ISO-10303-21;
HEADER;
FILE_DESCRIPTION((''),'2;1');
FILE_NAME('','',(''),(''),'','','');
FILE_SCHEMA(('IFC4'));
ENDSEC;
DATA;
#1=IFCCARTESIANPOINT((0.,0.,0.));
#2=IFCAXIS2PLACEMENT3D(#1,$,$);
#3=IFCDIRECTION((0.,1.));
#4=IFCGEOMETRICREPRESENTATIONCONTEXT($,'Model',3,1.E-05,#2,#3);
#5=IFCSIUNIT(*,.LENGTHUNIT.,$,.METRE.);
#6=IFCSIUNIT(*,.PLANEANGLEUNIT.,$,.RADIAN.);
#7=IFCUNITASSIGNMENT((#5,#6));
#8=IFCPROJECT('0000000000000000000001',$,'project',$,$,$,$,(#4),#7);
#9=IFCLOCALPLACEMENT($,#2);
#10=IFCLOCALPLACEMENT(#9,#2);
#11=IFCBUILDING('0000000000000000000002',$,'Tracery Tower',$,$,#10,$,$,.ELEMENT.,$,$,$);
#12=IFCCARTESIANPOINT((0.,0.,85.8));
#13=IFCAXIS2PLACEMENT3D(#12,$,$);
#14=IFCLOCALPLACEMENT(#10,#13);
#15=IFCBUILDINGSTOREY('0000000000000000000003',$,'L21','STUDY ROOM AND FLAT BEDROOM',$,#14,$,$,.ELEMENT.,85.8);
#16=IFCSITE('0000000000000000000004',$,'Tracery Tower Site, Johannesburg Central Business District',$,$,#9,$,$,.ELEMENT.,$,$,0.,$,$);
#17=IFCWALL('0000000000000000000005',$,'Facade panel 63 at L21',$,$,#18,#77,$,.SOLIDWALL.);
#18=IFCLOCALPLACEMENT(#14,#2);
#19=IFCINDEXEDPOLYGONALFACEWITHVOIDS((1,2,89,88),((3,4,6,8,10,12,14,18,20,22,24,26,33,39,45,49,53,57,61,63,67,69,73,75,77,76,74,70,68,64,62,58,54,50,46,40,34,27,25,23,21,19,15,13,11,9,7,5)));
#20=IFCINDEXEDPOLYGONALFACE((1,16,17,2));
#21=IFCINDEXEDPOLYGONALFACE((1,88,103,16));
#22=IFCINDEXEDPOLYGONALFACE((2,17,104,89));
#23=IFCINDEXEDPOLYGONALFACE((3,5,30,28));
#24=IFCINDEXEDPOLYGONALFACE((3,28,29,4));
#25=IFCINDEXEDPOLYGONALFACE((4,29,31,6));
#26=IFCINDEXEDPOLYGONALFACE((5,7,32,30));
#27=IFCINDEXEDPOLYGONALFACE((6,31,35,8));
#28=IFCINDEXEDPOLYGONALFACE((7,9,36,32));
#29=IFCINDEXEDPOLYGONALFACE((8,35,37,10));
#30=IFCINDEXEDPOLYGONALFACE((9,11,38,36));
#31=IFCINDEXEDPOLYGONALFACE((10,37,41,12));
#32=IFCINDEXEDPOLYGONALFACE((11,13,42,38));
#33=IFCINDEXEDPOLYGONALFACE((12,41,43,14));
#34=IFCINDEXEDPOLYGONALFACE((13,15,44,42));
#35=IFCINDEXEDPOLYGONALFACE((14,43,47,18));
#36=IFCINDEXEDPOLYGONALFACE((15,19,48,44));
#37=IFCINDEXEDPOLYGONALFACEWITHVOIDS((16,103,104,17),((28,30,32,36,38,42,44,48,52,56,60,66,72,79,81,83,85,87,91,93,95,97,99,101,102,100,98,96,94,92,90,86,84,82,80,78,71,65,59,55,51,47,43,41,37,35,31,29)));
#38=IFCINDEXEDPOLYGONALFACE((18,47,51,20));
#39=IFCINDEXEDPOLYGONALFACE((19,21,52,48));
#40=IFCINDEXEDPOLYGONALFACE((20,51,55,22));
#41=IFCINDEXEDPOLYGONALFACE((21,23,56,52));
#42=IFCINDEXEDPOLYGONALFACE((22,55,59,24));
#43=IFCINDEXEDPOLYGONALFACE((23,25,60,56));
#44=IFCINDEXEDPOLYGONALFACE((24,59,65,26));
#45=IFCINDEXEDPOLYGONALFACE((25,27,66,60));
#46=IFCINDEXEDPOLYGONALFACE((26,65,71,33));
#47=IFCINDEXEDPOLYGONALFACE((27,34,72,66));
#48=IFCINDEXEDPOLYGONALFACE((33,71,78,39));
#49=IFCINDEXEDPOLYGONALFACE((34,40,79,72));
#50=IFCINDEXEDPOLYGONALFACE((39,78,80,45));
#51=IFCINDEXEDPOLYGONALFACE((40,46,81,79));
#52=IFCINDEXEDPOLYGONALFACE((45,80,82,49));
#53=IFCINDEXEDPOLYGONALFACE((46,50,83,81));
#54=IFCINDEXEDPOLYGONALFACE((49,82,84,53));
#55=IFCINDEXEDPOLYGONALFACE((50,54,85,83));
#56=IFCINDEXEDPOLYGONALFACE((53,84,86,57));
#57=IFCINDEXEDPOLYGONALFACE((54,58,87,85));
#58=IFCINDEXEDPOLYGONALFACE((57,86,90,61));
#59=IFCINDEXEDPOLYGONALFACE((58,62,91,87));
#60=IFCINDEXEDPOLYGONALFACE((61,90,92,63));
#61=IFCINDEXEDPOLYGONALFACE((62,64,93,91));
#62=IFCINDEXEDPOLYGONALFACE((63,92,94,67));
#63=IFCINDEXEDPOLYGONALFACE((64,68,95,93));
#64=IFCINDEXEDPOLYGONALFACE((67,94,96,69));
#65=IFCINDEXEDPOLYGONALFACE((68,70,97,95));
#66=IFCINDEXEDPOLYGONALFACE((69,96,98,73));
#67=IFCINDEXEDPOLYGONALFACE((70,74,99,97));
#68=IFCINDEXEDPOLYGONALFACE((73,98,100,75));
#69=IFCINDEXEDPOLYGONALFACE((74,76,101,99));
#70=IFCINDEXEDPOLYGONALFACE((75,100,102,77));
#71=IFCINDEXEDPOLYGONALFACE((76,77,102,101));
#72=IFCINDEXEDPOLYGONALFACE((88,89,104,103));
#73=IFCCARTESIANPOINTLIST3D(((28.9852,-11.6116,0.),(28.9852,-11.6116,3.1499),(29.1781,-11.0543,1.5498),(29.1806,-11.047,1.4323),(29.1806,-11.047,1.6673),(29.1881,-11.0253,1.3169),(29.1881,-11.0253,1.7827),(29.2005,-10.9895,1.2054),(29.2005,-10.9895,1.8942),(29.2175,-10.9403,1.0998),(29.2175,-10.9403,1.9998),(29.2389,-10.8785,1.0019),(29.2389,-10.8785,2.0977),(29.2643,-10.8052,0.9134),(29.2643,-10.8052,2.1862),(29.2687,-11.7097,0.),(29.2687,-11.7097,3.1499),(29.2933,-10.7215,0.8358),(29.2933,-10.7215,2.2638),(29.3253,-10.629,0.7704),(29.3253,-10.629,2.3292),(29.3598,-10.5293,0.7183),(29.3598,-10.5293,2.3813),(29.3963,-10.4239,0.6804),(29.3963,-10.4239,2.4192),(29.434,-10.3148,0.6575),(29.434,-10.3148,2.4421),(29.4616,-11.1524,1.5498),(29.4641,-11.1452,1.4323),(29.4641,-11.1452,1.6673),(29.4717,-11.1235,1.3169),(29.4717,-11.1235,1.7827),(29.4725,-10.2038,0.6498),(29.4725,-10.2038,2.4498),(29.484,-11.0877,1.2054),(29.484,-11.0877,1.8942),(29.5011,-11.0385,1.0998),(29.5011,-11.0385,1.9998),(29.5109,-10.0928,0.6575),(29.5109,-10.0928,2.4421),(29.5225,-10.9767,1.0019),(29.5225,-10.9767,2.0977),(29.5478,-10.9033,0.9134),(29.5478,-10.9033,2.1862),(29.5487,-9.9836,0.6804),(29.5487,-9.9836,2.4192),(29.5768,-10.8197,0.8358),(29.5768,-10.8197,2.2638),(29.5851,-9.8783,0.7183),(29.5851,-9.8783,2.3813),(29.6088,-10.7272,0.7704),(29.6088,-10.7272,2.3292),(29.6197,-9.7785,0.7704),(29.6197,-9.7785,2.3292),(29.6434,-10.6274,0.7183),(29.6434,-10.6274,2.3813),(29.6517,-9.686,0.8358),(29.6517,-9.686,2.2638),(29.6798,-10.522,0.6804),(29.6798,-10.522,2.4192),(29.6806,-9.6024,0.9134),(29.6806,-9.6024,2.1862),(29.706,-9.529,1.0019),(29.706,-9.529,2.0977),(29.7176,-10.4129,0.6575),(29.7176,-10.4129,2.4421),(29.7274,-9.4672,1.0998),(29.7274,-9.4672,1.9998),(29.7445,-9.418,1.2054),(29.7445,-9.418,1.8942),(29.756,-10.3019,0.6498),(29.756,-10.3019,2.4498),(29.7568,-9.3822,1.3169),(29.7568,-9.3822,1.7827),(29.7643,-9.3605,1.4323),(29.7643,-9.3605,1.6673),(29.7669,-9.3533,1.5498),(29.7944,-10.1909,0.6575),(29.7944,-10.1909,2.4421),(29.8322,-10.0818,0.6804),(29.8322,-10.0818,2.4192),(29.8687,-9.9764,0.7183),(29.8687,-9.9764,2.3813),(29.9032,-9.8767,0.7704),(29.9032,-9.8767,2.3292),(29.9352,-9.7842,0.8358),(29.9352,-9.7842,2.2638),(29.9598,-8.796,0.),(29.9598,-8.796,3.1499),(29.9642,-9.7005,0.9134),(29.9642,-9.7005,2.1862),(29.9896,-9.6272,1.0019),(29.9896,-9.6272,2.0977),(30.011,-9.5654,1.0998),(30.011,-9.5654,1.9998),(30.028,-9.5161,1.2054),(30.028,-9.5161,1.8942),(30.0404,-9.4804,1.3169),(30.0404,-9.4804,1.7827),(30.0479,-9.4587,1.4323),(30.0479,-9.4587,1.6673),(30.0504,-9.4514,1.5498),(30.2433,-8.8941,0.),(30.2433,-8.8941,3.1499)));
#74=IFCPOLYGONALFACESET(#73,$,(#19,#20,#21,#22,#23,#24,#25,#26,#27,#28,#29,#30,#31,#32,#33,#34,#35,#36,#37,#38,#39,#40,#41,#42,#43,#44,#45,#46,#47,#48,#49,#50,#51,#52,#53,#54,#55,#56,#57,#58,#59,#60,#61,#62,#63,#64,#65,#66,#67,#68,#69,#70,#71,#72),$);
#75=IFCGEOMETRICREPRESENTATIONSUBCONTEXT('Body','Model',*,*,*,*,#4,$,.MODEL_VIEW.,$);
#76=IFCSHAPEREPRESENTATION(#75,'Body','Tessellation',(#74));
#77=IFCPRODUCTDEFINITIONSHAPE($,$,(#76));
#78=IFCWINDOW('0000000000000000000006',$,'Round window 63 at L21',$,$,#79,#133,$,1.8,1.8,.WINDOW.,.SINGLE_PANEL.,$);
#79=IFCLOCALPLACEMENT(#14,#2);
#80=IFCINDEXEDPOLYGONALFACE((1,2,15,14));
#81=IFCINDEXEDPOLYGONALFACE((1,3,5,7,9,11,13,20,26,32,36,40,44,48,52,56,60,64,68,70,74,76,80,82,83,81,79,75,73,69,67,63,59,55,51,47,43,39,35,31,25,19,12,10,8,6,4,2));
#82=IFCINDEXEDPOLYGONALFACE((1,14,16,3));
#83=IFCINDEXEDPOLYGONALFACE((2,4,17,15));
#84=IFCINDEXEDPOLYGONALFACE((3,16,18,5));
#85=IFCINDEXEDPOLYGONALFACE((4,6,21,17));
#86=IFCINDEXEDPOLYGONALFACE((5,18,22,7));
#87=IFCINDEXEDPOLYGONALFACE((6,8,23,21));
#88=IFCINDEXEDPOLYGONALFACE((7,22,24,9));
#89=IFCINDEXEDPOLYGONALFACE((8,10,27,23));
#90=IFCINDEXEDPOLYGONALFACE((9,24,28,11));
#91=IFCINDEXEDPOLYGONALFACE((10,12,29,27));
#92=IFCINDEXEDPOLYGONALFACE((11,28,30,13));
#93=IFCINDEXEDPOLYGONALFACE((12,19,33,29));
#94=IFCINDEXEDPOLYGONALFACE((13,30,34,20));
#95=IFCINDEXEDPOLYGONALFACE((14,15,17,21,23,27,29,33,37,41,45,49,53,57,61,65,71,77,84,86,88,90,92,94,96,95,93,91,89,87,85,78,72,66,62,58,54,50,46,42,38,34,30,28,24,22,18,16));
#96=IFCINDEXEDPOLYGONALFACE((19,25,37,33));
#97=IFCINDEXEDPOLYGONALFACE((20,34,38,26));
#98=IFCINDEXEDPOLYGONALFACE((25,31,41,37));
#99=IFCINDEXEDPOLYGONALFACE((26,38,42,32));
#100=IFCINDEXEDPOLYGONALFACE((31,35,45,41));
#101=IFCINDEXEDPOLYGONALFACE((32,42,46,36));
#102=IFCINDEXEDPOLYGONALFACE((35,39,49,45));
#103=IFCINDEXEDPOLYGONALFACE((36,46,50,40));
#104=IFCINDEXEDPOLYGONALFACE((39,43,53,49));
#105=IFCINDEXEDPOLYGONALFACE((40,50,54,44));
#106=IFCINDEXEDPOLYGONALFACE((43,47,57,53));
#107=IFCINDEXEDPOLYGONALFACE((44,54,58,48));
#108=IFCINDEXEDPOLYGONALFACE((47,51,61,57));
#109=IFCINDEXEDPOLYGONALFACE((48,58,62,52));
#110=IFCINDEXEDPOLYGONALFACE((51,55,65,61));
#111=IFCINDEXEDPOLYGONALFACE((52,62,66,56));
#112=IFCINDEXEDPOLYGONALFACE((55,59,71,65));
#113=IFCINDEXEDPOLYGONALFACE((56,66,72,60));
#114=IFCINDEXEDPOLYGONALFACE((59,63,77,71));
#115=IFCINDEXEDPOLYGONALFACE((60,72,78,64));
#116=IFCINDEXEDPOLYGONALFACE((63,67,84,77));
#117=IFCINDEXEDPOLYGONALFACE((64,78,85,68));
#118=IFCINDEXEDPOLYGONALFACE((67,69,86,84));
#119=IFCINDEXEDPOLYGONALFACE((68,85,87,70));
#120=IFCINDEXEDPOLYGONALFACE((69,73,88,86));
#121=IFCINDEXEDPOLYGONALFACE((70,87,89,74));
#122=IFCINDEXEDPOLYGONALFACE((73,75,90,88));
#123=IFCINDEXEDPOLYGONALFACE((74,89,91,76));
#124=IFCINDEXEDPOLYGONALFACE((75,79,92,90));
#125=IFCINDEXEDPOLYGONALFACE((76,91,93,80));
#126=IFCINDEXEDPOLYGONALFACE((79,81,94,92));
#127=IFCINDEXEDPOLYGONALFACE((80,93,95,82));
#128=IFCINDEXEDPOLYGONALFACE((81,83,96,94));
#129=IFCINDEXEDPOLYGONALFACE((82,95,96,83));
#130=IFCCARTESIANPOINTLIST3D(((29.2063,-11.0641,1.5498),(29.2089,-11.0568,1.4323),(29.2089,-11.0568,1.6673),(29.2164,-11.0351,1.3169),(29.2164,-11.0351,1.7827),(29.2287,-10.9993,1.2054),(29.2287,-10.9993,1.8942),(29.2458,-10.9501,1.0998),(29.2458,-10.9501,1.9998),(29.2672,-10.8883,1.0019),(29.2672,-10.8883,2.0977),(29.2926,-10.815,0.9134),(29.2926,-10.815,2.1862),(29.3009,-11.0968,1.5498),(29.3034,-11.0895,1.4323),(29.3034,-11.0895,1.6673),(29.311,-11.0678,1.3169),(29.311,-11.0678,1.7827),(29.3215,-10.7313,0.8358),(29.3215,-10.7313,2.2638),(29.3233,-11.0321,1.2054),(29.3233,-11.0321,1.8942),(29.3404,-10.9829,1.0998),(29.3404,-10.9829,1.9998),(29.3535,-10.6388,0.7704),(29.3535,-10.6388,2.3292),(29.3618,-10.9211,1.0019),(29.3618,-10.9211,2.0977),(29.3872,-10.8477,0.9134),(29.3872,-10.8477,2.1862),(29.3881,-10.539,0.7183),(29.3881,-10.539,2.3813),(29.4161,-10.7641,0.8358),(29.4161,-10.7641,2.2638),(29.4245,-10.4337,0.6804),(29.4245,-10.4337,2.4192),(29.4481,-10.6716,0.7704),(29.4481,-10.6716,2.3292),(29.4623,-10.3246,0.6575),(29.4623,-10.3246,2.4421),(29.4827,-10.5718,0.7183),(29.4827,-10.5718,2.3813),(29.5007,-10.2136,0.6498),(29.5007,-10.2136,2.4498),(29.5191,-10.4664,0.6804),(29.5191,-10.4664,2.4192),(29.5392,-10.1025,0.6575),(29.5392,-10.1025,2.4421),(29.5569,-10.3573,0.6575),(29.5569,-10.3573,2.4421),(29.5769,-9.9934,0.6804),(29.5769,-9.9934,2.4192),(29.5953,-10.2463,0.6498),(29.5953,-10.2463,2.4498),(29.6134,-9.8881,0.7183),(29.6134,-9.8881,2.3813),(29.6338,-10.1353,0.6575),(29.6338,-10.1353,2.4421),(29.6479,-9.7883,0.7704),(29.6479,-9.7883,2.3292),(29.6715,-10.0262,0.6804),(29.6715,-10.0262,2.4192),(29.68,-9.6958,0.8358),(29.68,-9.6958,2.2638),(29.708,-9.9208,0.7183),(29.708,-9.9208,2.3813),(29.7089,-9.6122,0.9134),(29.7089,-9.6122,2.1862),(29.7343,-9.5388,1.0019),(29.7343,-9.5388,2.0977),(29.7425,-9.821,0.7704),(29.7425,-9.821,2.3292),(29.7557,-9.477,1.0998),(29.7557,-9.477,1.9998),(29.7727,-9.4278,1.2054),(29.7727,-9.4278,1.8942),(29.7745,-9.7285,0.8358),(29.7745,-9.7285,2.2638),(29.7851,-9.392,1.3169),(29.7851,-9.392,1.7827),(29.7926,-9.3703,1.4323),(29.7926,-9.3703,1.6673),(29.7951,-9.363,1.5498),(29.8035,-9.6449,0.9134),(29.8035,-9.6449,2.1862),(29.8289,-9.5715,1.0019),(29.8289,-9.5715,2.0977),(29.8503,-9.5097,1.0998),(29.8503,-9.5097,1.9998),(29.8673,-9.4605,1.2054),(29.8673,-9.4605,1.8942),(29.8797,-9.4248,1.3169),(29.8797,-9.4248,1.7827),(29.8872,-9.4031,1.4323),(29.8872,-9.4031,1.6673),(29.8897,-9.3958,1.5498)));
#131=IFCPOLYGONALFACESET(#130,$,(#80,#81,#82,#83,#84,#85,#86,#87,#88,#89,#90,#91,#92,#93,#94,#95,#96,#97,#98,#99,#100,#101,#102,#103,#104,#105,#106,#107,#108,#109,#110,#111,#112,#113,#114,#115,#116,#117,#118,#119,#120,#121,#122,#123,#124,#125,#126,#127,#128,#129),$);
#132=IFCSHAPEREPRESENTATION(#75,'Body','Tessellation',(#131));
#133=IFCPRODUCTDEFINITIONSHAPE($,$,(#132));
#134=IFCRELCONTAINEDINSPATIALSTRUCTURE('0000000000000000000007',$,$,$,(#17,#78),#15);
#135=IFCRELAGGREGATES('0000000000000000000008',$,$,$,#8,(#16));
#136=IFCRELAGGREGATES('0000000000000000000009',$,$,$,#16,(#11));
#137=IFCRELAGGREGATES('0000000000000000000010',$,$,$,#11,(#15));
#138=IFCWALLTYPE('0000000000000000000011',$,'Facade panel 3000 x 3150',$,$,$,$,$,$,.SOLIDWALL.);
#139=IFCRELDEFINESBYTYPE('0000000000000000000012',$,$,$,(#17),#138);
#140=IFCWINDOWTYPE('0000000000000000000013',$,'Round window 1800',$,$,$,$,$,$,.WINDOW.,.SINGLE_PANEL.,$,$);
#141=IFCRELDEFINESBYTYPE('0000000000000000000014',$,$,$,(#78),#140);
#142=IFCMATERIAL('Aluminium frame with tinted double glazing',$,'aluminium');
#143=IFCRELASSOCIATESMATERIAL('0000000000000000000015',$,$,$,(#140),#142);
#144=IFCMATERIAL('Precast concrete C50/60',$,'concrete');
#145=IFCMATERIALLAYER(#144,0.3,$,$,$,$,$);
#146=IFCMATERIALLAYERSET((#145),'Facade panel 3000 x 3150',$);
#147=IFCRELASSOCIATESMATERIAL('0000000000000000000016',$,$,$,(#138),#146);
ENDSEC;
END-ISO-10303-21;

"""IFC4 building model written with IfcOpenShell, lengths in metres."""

from ifc_helpers import new_model, si_unit, direction, frame, frame_2d, origin, origin_2d, place, context, subcontext, project, spatial, rectangle, circle, extrude, material, layer, layer_set, type_object, element, fill, save


model = new_model("IFC4")

# Units and contexts
model_context = context("Model", 3, precision=1e-05, world=origin(), true_north=direction((0.0, 1.0)))
body_context = subcontext(model_context, "Body", "Model", "MODEL_VIEW")
ifc_project = project(units=[si_unit("LENGTHUNIT", "METRE"), si_unit("PLANEANGLEUNIT", "RADIAN")], contexts=[model_context])

# Site, building, storey
site_placement = place(None, origin())
site = spatial("IfcSite", under=ifc_project, at=site_placement, Name="Tracery Tower Site, Johannesburg Central Business District", CompositionType="ELEMENT", RefElevation=0.0)
building_placement = place(site_placement, origin())
building = spatial("IfcBuilding", under=site, at=building_placement, Name="Tracery Tower", CompositionType="ELEMENT")
storey_placement = place(building_placement, frame((0.0, 0.0, 85.8)))
storey = spatial("IfcBuildingStorey", under=building, at=storey_placement, Name="L21", Description="STUDY ROOM AND FLAT BEDROOM", CompositionType="ELEMENT", Elevation=85.8)

# Wall, opening, window
ifc_material_1 = material(Name="Aluminium frame with tinted double glazing", Category="aluminium")
window_type = type_object("IfcWindowType", Name="Round window 1800", PartitioningType="SINGLE_PANEL", PredefinedType="WINDOW", material=ifc_material_1)
ifc_material_2 = material(Name="Precast concrete C50/60", Category="concrete")
ifc_layer_1 = layer(ifc_material_2, 0.3)
ifc_layer_set_1 = layer_set([ifc_layer_1], Name="Facade panel 3000 x 3150")
wall_type_1 = type_object("IfcWallType", Name="Facade panel 3000 x 3150", PredefinedType="SOLIDWALL", material=ifc_layer_set_1)
wall_1_placement = place(storey_placement, frame((29.127, -11.6606, 0.0), z_axis=(0.0, 0.0, 1.0), x_axis=(0.327096, 0.944991, 0.0)))
wall_1 = element("IfcWall", 1, at=wall_1_placement, inside=storey, type_object=wall_type_1, Name="Facade panel 63 at L21", PredefinedType="SOLIDWALL", context=body_context, shape_type="SweptSolid", body=[
    extrude(rectangle(XDim=2.9795, YDim=0.3, at=frame_2d((1.4897, 0.0))), origin(), (0.0, 0.0, 1.0), 3.1499),
])
opening_1_placement = place(wall_1_placement, frame((1.4897, 0.0, 1.5498)))
opening_1 = element("IfcOpeningElement", 2, at=opening_1_placement, cuts=wall_1, PredefinedType="OPENING", context=body_context, shape_type="SweptSolid", body=[
    extrude(circle(Radius=0.9, at=origin_2d()), frame((0.0, 0.1599, 0.0), z_axis=(0.0, -1.0, 0.0), x_axis=(1.0, 0.0, 0.0)), (0.0, 0.0, 1.0), 0.3201),
])
window_1_placement = place(opening_1_placement, origin())
window_1 = element("IfcWindow", 3, at=window_1_placement, inside=storey, type_object=window_type, Name="Round window 63 at L21", OverallHeight=1.8, OverallWidth=1.8, PartitioningType="SINGLE_PANEL", PredefinedType="WINDOW", context=body_context, shape_type="SweptSolid", body=[
    extrude(circle(Radius=0.9, at=origin_2d()), frame((0.0, 0.1201, 0.0), z_axis=(0.0, -1.0, 0.0), x_axis=(1.0, 0.0, 0.0)), (0.0, 0.0, 1.0), 0.1001),
])
fill(opening_1, window_1)

save(model, "model.ifc")
